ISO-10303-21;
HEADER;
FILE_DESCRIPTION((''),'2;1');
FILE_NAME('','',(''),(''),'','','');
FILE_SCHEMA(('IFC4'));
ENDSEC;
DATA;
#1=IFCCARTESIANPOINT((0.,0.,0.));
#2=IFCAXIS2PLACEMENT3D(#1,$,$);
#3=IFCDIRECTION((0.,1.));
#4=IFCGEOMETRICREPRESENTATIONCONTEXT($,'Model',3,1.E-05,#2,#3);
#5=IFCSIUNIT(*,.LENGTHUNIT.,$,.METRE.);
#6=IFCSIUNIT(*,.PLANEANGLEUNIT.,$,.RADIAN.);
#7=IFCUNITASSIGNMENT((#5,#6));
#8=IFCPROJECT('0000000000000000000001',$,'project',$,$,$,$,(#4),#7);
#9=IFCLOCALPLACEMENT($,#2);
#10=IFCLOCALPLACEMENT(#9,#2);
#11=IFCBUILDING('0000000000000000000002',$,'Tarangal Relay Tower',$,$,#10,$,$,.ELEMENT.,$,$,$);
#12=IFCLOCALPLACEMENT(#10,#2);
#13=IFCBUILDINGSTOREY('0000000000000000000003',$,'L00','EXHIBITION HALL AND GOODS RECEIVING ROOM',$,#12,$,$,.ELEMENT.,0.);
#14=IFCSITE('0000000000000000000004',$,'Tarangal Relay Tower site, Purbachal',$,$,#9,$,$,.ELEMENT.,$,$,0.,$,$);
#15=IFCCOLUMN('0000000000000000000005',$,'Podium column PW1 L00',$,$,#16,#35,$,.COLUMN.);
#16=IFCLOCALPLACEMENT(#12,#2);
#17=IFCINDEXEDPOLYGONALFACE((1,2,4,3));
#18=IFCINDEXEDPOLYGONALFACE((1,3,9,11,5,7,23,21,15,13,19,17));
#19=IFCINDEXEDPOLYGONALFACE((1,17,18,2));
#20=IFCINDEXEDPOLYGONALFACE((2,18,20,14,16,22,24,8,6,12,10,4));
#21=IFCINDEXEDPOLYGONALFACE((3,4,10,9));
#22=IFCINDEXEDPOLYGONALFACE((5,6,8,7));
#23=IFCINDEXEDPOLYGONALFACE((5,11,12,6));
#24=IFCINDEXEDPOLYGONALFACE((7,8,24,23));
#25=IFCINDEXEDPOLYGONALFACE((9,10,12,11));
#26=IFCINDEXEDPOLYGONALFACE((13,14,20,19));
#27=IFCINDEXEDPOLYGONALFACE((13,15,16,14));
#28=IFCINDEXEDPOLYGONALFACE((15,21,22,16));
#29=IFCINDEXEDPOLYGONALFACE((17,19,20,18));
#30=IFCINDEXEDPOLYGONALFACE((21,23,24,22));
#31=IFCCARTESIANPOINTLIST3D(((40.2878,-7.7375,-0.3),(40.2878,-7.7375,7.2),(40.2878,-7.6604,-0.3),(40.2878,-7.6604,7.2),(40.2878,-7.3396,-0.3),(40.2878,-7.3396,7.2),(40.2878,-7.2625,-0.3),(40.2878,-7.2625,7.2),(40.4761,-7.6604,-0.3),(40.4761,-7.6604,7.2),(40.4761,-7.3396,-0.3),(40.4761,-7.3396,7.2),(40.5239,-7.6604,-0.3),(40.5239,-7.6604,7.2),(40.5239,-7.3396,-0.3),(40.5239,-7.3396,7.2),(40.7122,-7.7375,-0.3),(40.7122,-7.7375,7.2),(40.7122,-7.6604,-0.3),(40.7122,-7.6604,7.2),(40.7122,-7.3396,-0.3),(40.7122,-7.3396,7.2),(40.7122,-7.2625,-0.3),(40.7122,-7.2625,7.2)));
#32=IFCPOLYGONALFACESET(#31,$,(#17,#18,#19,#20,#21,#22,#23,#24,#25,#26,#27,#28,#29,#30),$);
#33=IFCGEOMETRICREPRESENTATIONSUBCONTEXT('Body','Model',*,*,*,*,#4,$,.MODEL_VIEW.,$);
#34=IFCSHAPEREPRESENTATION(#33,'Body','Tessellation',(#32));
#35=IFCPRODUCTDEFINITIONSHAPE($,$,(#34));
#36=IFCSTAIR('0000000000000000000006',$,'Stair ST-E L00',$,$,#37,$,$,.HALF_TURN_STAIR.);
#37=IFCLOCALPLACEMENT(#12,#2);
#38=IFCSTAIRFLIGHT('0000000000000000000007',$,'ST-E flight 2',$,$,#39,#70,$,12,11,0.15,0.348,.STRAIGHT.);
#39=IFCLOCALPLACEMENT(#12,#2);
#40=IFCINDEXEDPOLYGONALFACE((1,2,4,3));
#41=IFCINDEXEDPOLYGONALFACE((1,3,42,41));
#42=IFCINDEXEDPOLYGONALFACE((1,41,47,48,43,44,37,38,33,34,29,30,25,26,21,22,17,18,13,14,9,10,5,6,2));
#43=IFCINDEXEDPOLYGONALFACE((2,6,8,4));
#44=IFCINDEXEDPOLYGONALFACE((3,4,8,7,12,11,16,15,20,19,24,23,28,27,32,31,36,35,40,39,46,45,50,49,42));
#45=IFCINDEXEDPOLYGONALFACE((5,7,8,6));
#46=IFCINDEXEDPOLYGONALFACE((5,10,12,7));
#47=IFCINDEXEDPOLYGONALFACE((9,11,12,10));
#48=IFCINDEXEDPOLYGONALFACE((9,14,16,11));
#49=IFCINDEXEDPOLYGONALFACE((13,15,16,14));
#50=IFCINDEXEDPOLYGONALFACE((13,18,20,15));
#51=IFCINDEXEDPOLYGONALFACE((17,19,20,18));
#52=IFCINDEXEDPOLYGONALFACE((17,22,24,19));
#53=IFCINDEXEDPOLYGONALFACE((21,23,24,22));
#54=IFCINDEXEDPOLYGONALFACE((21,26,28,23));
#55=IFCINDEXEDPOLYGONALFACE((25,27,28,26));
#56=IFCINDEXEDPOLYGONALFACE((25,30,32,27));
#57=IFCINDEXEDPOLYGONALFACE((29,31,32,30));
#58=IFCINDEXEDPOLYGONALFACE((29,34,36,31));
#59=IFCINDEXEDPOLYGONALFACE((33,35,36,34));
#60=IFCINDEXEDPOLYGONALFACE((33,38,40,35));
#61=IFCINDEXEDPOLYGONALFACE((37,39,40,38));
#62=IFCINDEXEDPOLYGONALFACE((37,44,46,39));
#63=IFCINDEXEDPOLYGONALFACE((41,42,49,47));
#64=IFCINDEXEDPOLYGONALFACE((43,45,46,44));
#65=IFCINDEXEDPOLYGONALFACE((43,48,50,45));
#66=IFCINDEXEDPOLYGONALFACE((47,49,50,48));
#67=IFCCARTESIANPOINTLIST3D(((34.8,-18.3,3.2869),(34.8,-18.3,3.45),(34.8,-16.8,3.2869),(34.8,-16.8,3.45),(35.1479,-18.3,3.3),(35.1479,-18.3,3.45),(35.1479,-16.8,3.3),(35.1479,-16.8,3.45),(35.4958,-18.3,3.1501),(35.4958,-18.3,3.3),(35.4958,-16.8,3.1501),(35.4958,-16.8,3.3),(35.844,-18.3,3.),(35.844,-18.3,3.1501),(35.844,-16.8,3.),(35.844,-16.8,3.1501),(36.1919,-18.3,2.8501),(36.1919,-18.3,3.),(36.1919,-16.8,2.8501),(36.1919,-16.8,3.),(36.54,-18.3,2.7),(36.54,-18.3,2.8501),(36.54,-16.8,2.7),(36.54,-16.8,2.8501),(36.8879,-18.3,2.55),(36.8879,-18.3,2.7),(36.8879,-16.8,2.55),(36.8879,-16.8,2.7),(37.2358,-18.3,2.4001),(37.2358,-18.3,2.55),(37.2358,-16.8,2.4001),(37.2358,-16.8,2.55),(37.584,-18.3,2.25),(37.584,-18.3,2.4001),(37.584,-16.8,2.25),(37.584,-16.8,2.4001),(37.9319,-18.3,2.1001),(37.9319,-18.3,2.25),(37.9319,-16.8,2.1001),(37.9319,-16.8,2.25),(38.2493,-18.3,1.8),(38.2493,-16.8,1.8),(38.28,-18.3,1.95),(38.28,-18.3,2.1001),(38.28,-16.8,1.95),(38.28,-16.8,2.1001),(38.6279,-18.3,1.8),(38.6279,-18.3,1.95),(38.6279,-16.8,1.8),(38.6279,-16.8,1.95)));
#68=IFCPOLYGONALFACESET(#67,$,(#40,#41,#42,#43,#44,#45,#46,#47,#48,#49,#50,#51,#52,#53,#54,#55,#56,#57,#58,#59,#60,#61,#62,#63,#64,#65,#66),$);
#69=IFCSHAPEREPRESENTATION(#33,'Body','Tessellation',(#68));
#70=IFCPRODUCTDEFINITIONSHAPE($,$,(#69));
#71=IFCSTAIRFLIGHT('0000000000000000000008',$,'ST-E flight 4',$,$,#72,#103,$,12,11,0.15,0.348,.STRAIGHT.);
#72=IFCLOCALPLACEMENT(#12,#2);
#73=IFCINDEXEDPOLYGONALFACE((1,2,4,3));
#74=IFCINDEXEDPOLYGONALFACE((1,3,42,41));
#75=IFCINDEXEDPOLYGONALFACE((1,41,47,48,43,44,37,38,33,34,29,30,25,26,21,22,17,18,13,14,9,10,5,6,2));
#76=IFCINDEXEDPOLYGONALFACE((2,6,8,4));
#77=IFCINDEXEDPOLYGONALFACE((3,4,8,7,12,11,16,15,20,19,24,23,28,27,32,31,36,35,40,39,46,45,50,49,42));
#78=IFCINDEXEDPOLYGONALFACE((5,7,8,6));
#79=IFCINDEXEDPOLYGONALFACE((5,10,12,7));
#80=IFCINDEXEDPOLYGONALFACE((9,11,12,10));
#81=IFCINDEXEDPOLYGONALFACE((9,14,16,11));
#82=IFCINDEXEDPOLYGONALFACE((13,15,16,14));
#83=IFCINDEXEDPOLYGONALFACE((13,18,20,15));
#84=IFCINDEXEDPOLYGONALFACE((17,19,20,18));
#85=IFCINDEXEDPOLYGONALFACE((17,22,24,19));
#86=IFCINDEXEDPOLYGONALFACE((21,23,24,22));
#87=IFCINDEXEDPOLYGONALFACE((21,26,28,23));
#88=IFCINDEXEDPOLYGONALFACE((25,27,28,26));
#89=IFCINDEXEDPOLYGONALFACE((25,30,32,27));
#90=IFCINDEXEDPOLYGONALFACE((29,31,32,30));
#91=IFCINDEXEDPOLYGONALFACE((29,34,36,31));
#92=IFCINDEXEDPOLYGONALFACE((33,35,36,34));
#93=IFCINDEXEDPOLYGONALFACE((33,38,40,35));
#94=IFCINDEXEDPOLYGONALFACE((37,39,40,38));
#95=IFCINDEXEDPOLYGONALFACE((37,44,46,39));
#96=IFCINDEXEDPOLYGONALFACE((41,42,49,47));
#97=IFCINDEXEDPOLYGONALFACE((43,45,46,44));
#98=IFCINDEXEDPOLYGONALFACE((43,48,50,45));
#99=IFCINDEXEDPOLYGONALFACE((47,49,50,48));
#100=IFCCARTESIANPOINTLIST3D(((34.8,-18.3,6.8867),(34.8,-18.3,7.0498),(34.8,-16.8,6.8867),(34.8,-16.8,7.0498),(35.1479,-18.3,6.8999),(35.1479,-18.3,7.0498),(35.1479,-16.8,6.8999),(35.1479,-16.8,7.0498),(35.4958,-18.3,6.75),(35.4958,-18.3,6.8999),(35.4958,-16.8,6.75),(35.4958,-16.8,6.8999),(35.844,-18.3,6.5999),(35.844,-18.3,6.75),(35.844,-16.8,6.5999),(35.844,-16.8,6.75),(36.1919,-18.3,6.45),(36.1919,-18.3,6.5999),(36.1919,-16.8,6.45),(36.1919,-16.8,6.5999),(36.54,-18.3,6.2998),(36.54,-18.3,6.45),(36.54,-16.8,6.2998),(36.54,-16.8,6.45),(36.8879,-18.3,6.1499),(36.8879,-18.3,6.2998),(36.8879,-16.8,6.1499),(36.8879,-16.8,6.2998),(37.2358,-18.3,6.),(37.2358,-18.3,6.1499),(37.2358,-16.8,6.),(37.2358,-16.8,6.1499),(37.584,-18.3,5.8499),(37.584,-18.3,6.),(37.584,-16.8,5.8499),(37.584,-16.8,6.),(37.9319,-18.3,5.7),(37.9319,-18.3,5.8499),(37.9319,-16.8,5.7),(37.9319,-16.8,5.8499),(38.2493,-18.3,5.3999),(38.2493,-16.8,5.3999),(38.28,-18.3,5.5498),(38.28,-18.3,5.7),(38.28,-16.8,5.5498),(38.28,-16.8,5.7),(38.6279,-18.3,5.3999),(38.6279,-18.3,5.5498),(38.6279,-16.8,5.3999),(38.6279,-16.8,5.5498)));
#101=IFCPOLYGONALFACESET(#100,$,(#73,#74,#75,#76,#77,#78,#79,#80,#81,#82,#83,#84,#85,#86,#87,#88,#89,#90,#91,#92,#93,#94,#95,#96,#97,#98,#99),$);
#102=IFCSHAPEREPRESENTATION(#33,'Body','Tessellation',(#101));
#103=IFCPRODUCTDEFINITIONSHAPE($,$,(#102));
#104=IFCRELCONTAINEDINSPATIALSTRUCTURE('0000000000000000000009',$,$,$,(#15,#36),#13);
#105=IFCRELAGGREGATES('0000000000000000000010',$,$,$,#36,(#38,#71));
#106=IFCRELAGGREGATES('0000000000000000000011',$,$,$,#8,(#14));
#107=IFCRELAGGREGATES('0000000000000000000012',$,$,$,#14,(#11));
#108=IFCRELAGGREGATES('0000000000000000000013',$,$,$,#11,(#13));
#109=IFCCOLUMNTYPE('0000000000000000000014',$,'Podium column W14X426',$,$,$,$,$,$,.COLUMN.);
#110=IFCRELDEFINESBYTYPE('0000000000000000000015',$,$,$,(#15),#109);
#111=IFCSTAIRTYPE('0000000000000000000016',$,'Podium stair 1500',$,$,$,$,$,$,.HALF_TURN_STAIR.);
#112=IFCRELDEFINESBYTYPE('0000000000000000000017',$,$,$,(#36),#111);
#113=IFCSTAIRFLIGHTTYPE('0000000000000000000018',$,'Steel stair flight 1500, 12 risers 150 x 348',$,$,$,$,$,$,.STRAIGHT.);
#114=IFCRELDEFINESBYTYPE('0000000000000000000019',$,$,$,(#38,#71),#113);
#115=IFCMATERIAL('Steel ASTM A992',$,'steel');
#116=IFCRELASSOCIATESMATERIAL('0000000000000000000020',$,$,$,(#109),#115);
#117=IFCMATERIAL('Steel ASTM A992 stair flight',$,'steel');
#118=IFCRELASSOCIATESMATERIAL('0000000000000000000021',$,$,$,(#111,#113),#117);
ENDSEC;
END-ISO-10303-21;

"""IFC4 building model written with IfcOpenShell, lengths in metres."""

from ifc_helpers import new_model, si_unit, direction, frame, origin, origin_2d, place, context, subcontext, project, spatial, polyline, i_section, outline, extrude, material, material_profile, profile_set, type_object, element, aggregate, save


model = new_model("IFC4")

# Units and contexts
model_context = context("Model", 3, precision=1e-05, world=origin(), true_north=direction((0.0, 1.0)))
body_context = subcontext(model_context, "Body", "Model", "MODEL_VIEW")
ifc_project = project(units=[si_unit("LENGTHUNIT", "METRE"), si_unit("PLANEANGLEUNIT", "RADIAN")], contexts=[model_context])

# Site, building, storey
site_placement = place(None, origin())
site = spatial("IfcSite", under=ifc_project, at=site_placement, Name="Tarangal Relay Tower site, Purbachal", CompositionType="ELEMENT", RefElevation=0.0)
building_placement = place(site_placement, origin())
building = spatial("IfcBuilding", under=site, at=building_placement, Name="Tarangal Relay Tower", CompositionType="ELEMENT")
storey_placement = place(building_placement, origin())
storey = spatial("IfcBuildingStorey", under=building, at=storey_placement, Name="L00", Description="EXHIBITION HALL AND GOODS RECEIVING ROOM", CompositionType="ELEMENT", Elevation=0.0)

# Column
ifc_material_1 = material(Name="Steel ASTM A992", Category="steel")
ifc_material_profile_1 = material_profile(ifc_material_1, i_section(OverallWidth=0.4243, OverallDepth=0.4751, WebThickness=0.0479, FlangeThickness=0.0771, at=origin_2d()), Name="W14X426")
ifc_profile_set_1 = profile_set([ifc_material_profile_1], Name="Steel ASTM A992")
column_type = type_object("IfcColumnType", Name="Podium column W14X426", PredefinedType="COLUMN", material=ifc_profile_set_1)
for number, where, z_axis, x_axis, name in (
    (1, (40.5, -7.5, -0.3), (0.0, 0.0, 1.0), (1.0, 0.0, 0.0), "Podium column PW1 L00"),
):
    element("IfcColumn", number, at=place(storey_placement, frame(where, z_axis=z_axis, x_axis=x_axis)), inside=storey, type_object=column_type, Name=name, PredefinedType="COLUMN", context=body_context, shape_type="SweptSolid", body=[
        extrude(i_section(OverallWidth=0.4243, OverallDepth=0.4751, WebThickness=0.0479, FlangeThickness=0.0771, at=origin_2d()), origin(), (0.0, 0.0, 1.0), 7.5),
    ])

# Stair, stair flights
ifc_material_2 = material(Name="Steel ASTM A992 stair flight", Category="steel")
stair_type = type_object("IfcStairType", Name="Podium stair 1500", PredefinedType="HALF_TURN_STAIR", material=ifc_material_2)
stair_placement = place(storey_placement, origin())
stair = element("IfcStair", 2, at=stair_placement, inside=storey, type_object=stair_type, Name="Stair ST-E L00", PredefinedType="HALF_TURN_STAIR")
stair_flight_type = type_object("IfcStairFlightType", Name="Steel stair flight 1500, 12 risers 150 x 348", PredefinedType="STRAIGHT", material=ifc_material_2)
stair_flight_1_placement = place(storey_placement, frame((38.6279, -17.55, 1.8), z_axis=(0.0, 0.0, 1.0), x_axis=(-1.0, 0.0, 0.0)))
stair_flight_1 = element("IfcStairFlight", 3, at=stair_flight_1_placement, type_object=stair_flight_type, Name="ST-E flight 2", NumberOfRisers=12, NumberOfTreads=11, PredefinedType="STRAIGHT", RiserHeight=0.15, TreadLength=0.348, context=body_context, shape_type="SweptSolid", body=[
    extrude(outline(polyline([(0.0, 0.0), (0.0, 0.1499), (0.3479, 0.1499), (0.3479, 0.3), (0.696, 0.3), (0.696, 0.45), (1.0439, 0.45), (1.0439, 0.6001), (1.3921, 0.6001), (1.3921, 0.75), (1.74, 0.75), (1.74, 0.8999), (2.0879, 0.8999), (2.0879, 1.05), (2.436, 1.05), (2.436, 1.2), (2.7839, 1.2), (2.7839, 1.3501), (3.1321, 1.3501), (3.1321, 1.5), (3.48, 1.5), (3.48, 1.6499), (3.8279, 1.6499), (3.8279, 1.8), (3.8279, 1.4868), (0.3787, 0.0), (0.0, 0.0)])), frame((0.0, 0.75, 0.0), z_axis=(0.0, -1.0, 0.0), x_axis=(1.0, 0.0, 0.0)), (0.0, 0.0, 1.0), 1.5),
])
stair_flight_2_placement = place(storey_placement, frame((38.6279, -17.55, 5.3999), z_axis=(0.0, 0.0, 1.0), x_axis=(-1.0, 0.0, 0.0)))
stair_flight_2 = element("IfcStairFlight", 4, at=stair_flight_2_placement, type_object=stair_flight_type, Name="ST-E flight 4", NumberOfRisers=12, NumberOfTreads=11, PredefinedType="STRAIGHT", RiserHeight=0.15, TreadLength=0.348, context=body_context, shape_type="SweptSolid", body=[
    extrude(outline(polyline([(0.0, 0.0), (0.0, 0.1499), (0.3479, 0.1499), (0.3479, 0.3), (0.696, 0.3), (0.696, 0.45), (1.0439, 0.45), (1.0439, 0.6001), (1.3921, 0.6001), (1.3921, 0.75), (1.74, 0.75), (1.74, 0.8999), (2.0879, 0.8999), (2.0879, 1.05), (2.436, 1.05), (2.436, 1.2), (2.7839, 1.2), (2.7839, 1.3501), (3.1321, 1.3501), (3.1321, 1.5), (3.48, 1.5), (3.48, 1.6499), (3.8279, 1.6499), (3.8279, 1.8), (3.8279, 1.4868), (0.3787, 0.0), (0.0, 0.0)])), frame((0.0, 0.75, 0.0), z_axis=(0.0, -1.0, 0.0), x_axis=(1.0, 0.0, 0.0)), (0.0, 0.0, 1.0), 1.5),
])
aggregate(stair, [stair_flight_1, stair_flight_2])

save(model, "model.ifc")
